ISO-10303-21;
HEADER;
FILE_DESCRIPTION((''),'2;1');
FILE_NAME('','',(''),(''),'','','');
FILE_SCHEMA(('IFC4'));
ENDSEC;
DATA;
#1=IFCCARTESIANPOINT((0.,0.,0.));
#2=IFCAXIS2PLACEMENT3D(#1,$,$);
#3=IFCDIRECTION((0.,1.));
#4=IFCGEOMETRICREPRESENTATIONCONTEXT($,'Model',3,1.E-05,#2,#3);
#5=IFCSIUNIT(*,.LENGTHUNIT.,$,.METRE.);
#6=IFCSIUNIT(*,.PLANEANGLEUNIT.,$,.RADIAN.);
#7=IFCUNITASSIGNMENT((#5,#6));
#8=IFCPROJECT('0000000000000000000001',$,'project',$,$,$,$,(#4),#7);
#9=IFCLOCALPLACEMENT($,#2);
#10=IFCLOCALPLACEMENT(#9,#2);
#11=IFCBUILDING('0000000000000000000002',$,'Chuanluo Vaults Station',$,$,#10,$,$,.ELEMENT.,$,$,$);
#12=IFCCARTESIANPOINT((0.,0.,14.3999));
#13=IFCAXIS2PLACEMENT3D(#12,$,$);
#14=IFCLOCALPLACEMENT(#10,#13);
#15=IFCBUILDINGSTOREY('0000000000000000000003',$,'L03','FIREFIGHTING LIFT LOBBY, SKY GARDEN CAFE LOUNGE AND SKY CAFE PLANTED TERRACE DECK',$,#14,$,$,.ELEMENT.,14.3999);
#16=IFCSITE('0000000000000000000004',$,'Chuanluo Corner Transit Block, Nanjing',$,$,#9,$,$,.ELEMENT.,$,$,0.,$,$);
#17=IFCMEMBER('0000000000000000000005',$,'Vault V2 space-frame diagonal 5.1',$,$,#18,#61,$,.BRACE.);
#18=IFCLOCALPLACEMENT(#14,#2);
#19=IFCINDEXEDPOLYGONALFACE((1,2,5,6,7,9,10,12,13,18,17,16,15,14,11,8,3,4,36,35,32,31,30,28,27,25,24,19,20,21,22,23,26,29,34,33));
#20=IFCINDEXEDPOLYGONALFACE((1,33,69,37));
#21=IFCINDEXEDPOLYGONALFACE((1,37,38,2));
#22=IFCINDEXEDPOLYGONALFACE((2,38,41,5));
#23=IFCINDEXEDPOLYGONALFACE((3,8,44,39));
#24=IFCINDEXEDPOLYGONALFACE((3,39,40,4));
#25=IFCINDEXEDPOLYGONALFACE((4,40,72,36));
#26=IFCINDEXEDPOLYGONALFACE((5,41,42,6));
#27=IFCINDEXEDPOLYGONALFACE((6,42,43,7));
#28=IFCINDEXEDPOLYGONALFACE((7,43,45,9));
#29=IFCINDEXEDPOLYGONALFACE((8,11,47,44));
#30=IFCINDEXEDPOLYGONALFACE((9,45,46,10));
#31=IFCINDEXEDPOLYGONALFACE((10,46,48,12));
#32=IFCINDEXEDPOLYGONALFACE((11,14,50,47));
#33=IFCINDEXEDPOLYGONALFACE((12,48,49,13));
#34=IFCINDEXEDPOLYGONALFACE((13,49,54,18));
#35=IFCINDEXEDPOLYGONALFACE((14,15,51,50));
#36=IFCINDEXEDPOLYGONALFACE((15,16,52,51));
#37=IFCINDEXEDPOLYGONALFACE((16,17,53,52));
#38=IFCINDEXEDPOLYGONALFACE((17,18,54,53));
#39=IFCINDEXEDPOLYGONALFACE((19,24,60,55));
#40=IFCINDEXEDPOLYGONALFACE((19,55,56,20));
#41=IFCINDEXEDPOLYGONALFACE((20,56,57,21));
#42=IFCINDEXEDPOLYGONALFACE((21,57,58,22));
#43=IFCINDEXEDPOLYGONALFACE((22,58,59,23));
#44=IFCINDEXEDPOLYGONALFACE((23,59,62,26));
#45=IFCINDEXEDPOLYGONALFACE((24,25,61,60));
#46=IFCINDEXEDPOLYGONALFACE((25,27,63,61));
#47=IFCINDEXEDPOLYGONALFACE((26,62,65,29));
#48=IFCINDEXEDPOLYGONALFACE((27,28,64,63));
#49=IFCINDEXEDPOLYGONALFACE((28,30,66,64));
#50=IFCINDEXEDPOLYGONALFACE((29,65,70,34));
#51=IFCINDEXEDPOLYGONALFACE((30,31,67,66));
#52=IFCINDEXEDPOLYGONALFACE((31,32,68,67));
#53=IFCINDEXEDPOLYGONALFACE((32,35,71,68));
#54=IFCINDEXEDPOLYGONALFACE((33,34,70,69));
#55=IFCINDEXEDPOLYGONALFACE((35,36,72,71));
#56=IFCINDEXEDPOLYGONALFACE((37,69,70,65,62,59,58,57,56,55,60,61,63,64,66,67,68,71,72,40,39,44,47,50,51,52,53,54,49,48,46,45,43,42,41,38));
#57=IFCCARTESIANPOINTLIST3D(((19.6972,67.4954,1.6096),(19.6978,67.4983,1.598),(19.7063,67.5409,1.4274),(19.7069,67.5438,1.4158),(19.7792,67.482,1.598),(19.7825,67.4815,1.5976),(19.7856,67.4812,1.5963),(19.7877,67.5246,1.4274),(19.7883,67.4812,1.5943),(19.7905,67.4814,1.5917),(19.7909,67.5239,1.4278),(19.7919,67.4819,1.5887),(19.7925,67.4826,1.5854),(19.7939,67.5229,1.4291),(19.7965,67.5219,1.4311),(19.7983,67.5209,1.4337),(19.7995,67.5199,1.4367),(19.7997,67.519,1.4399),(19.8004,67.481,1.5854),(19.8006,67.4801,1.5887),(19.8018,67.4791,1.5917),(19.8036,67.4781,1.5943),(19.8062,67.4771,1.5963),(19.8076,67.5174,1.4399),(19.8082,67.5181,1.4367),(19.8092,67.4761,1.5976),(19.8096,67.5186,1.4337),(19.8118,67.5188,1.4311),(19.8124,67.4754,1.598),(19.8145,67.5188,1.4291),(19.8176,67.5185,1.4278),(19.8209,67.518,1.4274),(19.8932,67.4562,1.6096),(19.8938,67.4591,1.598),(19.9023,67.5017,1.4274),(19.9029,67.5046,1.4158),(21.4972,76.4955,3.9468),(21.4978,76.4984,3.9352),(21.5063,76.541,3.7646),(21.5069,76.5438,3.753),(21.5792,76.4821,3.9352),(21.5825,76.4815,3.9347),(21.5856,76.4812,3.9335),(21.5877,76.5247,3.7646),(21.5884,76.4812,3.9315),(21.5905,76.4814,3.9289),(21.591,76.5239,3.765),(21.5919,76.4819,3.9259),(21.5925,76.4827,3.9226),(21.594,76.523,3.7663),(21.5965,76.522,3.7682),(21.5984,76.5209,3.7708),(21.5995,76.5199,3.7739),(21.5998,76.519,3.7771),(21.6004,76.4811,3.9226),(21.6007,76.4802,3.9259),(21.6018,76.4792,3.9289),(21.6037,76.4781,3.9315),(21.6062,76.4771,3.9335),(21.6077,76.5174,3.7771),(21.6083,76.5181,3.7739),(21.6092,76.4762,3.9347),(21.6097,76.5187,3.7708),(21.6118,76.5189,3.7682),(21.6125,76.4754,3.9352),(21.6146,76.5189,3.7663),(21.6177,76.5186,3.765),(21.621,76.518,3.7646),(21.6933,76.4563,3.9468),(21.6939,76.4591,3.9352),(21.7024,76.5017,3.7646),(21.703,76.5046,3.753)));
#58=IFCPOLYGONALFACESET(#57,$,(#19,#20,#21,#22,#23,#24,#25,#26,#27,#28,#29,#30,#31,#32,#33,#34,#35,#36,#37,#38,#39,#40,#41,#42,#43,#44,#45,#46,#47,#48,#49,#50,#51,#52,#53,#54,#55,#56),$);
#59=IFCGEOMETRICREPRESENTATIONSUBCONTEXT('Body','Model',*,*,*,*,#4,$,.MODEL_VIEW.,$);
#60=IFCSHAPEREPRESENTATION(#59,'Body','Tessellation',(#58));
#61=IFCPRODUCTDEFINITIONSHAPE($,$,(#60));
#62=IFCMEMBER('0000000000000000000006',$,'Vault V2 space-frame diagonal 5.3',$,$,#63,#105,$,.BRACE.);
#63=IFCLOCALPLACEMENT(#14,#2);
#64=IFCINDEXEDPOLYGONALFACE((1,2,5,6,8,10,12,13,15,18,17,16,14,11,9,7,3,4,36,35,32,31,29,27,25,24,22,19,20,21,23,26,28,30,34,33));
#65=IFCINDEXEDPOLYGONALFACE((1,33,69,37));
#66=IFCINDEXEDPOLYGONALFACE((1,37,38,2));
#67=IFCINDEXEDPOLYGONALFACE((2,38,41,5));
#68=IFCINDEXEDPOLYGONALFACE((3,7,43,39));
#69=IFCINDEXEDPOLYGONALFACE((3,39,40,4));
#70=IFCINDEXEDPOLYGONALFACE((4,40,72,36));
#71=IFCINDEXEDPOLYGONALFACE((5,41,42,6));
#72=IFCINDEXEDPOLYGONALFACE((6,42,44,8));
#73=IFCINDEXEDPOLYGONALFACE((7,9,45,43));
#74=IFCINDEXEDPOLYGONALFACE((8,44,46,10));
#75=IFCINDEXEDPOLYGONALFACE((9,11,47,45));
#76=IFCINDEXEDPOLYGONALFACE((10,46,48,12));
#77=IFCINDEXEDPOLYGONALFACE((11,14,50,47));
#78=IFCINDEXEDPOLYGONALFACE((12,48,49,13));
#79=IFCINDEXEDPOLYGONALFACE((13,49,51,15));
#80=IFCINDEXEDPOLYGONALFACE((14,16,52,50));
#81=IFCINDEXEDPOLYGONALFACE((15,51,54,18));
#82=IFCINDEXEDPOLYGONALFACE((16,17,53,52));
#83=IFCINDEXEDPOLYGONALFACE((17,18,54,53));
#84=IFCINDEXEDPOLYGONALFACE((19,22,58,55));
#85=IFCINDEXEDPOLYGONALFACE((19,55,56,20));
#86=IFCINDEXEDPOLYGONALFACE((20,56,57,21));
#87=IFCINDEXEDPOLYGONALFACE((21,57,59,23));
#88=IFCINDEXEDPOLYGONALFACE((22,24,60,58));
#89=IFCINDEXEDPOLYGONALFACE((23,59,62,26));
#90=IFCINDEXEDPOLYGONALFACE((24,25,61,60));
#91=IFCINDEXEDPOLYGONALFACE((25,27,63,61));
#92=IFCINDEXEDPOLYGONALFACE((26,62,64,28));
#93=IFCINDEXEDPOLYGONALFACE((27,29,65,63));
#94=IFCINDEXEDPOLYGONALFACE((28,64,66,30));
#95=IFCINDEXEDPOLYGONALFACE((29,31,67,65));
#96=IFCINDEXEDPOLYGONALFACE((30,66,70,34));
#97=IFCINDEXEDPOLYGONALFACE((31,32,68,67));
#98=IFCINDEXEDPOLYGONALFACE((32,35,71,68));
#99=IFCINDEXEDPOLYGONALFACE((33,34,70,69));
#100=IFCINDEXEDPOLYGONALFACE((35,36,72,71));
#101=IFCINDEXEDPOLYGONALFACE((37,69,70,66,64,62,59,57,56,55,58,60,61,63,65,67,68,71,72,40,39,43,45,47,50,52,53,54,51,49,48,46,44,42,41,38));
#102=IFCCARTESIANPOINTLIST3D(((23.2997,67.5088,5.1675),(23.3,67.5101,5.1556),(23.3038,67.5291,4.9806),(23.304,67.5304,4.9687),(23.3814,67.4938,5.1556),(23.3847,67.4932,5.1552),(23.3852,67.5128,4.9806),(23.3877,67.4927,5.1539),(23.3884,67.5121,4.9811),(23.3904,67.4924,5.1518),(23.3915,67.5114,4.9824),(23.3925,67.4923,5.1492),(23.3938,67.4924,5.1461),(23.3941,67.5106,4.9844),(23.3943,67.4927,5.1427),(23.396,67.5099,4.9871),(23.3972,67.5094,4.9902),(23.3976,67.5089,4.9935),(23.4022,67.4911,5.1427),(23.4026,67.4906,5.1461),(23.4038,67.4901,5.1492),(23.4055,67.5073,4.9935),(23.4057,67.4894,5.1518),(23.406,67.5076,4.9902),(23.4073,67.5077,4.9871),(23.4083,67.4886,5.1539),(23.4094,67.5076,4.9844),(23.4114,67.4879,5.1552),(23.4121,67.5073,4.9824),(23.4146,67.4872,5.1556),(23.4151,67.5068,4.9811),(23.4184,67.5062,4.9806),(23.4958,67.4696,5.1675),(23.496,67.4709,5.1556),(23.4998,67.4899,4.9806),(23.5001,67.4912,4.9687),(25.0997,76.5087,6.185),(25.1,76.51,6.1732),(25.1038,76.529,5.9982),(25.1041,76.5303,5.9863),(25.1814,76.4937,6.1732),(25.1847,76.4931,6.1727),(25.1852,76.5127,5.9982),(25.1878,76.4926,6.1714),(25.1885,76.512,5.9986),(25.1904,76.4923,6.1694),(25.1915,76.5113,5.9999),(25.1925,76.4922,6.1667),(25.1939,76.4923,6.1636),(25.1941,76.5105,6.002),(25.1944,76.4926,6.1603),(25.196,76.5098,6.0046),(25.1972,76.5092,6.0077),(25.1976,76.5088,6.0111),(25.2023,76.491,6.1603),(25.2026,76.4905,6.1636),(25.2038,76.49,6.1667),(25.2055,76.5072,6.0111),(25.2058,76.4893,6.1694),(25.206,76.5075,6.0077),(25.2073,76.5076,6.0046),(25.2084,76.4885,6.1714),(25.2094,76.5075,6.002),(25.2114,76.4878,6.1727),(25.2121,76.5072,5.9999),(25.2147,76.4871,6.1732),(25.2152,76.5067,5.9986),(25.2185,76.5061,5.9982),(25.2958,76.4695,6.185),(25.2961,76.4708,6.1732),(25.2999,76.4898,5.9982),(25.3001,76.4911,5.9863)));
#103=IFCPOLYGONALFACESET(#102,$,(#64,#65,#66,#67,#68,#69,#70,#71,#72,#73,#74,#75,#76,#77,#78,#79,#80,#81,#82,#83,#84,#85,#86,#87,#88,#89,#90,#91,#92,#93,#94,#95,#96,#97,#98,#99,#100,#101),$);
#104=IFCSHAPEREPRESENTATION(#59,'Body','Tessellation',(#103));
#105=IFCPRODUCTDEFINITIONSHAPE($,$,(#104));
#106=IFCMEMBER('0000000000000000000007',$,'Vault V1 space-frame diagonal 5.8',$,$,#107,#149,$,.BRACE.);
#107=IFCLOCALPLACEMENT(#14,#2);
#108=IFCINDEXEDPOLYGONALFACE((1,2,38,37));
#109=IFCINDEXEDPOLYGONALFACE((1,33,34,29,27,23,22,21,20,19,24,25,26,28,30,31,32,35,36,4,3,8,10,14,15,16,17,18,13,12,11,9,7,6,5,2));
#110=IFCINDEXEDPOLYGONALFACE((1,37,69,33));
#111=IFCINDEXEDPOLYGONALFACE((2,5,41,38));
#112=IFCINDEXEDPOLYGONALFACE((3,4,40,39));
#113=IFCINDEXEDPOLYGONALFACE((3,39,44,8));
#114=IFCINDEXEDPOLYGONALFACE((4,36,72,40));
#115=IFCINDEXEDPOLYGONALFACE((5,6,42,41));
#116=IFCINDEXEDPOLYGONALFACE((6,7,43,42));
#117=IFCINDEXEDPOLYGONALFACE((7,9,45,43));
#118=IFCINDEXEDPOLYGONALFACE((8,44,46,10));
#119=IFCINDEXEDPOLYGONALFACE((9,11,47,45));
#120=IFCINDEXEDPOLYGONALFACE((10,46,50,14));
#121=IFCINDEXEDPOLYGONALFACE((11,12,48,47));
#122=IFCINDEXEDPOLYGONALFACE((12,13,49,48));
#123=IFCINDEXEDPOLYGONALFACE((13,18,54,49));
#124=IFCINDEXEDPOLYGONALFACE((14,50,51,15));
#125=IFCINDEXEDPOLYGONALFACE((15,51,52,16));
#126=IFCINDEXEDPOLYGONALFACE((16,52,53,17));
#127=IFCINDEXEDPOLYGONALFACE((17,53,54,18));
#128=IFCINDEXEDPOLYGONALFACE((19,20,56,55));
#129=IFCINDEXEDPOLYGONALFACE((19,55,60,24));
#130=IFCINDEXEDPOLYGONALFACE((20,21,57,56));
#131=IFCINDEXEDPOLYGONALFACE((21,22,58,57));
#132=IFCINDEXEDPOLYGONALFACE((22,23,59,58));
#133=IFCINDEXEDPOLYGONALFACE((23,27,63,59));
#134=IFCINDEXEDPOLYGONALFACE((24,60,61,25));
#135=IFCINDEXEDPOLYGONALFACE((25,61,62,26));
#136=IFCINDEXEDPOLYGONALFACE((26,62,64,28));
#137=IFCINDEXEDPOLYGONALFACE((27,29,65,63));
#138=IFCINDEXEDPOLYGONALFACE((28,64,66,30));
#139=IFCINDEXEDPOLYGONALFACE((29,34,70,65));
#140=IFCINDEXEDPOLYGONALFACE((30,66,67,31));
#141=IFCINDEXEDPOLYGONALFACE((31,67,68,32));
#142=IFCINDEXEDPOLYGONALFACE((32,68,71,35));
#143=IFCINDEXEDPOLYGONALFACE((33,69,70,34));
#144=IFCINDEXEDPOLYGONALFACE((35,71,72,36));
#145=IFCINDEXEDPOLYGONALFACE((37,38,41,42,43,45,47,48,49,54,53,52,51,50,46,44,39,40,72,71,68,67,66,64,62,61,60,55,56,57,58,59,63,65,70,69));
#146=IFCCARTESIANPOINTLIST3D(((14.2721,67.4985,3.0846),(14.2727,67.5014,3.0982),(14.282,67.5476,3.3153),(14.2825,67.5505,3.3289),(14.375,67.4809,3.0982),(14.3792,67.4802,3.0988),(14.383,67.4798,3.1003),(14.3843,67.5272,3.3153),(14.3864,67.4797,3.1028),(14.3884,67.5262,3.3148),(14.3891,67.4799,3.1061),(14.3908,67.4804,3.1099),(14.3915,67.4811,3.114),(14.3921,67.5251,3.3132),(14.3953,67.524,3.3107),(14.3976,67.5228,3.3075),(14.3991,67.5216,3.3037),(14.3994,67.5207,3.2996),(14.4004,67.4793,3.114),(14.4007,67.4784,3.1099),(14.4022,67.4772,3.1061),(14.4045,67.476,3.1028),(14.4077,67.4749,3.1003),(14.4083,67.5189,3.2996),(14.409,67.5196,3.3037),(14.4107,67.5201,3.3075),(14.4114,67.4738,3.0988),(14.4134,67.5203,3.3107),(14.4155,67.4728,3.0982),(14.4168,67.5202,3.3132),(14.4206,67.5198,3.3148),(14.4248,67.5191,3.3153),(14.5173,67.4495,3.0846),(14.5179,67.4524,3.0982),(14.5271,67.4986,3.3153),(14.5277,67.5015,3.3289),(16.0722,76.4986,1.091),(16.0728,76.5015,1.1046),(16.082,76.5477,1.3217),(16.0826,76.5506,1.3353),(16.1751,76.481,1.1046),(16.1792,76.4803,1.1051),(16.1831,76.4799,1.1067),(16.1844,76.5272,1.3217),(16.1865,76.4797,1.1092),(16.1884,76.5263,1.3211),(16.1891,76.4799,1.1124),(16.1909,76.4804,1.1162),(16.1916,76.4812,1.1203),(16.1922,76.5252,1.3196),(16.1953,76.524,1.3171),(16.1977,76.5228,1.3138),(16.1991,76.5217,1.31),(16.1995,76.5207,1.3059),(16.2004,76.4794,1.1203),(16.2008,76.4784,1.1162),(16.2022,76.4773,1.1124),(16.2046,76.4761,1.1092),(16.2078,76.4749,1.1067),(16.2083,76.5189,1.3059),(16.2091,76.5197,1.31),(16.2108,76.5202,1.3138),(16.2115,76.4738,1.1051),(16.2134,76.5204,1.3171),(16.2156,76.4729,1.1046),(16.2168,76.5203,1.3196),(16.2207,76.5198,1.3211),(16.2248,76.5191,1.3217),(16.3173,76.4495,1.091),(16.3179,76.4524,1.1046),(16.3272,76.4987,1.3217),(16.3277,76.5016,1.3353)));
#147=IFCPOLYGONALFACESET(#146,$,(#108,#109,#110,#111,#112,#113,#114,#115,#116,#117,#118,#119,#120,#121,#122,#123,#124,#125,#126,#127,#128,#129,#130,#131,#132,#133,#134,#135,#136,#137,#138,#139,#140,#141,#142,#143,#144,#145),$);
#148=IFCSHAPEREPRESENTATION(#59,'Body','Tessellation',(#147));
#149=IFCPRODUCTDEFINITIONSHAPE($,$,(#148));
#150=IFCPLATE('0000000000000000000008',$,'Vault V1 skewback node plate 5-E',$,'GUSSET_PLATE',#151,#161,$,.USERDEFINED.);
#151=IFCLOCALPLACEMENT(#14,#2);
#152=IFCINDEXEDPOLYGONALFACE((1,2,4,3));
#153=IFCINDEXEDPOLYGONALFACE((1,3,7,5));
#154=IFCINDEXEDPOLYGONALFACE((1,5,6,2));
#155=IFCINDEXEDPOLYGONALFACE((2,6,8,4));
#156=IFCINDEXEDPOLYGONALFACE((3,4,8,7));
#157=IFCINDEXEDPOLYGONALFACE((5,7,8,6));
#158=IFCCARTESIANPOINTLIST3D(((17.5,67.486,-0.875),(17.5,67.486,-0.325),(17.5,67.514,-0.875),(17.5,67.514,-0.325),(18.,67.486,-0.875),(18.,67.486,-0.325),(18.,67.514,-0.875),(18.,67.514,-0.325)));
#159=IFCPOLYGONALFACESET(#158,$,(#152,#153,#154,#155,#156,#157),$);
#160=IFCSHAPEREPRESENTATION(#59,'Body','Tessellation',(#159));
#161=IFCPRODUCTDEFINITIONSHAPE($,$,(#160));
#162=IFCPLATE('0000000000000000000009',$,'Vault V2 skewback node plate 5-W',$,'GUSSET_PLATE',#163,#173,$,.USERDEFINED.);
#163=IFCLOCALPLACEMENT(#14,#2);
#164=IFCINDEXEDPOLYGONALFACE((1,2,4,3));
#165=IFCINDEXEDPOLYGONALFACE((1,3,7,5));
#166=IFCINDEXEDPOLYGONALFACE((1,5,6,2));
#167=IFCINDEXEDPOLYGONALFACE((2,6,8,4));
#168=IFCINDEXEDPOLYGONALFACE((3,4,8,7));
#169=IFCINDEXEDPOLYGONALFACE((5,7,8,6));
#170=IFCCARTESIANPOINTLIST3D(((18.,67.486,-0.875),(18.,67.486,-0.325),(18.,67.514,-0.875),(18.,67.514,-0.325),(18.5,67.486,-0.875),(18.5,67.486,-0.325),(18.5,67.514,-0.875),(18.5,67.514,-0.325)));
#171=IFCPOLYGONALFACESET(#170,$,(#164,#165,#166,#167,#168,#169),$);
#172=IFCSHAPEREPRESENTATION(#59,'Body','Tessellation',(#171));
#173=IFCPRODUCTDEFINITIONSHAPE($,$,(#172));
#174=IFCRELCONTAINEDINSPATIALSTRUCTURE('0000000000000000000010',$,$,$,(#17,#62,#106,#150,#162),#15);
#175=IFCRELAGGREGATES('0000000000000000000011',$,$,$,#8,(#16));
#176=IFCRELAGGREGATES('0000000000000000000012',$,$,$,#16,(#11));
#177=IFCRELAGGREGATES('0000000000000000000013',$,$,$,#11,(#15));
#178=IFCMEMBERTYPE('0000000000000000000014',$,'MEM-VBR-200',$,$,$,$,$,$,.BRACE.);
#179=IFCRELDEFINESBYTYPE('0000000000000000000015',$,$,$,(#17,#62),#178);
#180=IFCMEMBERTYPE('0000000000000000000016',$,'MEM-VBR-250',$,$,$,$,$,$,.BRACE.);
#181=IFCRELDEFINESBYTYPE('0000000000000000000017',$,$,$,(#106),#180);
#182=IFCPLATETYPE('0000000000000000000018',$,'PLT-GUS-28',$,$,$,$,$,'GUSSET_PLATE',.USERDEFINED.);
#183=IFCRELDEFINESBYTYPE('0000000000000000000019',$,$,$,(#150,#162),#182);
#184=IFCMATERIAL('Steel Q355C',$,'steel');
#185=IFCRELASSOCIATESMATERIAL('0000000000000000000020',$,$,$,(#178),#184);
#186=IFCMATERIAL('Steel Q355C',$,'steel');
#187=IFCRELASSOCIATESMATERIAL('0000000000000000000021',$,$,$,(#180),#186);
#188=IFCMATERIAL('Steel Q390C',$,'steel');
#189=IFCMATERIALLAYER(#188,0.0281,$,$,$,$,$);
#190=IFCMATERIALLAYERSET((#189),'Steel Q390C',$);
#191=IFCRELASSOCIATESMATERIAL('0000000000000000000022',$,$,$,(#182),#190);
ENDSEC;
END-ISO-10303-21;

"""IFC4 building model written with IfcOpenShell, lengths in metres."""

from ifc_helpers import new_model, si_unit, direction, frame, origin, origin_2d, place, context, subcontext, project, spatial, rectangle, i_section, extrude, material, layer, layer_set, material_profile, profile_set, type_object, element, save


model = new_model("IFC4")

# Units and contexts
model_context = context("Model", 3, precision=1e-05, world=origin(), true_north=direction((0.0, 1.0)))
body_context = subcontext(model_context, "Body", "Model", "MODEL_VIEW")
ifc_project = project(units=[si_unit("LENGTHUNIT", "METRE"), si_unit("PLANEANGLEUNIT", "RADIAN")], contexts=[model_context])

# Site, building, storey
site_placement = place(None, origin())
site = spatial("IfcSite", under=ifc_project, at=site_placement, Name="Chuanluo Corner Transit Block, Nanjing", CompositionType="ELEMENT", RefElevation=0.0)
building_placement = place(site_placement, origin())
building = spatial("IfcBuilding", under=site, at=building_placement, Name="Chuanluo Vaults Station", CompositionType="ELEMENT")
storey_placement = place(building_placement, frame((0.0, 0.0, 14.3999)))
storey = spatial("IfcBuildingStorey", under=building, at=storey_placement, Name="L03", Description="FIREFIGHTING LIFT LOBBY, SKY GARDEN CAFE LOUNGE AND SKY CAFE PLANTED TERRACE DECK", CompositionType="ELEMENT", Elevation=14.3999)

# Members
ifc_material_1 = material(Name="Steel Q355C", Category="steel")
ifc_material_profile_1 = material_profile(ifc_material_1, i_section(OverallWidth=0.2, OverallDepth=0.2, WebThickness=0.0081, FlangeThickness=0.012, FilletRadius=0.0129, at=origin_2d()))
ifc_profile_set_1 = profile_set([ifc_material_profile_1], Name="Steel Q355C")
member_type_1 = type_object("IfcMemberType", Name="MEM-VBR-200", PredefinedType="BRACE", material=ifc_profile_set_1)
member_1_placement = place(storey_placement, frame((19.8, 67.5, 1.5127), z_axis=(0.190056, 0.950255, 0.246766), x_axis=(-0.98058, 0.196121, 0.0)))
element("IfcMember", 1, at=member_1_placement, inside=storey, type_object=member_type_1, Name="Vault V2 space-frame diagonal 5.1", PredefinedType="BRACE", context=body_context, shape_type="SweptSolid", body=[
    extrude(i_section(OverallWidth=0.2, OverallDepth=0.2, WebThickness=0.0081, FlangeThickness=0.012, FilletRadius=0.0129, at=origin_2d()), origin(), (0.0, 0.0, 1.0), 9.4712),
])
member_2_placement = place(storey_placement, frame((23.3999, 67.5, 5.0681), z_axis=(0.194927, 0.974608, 0.110193), x_axis=(-0.98058, 0.196121, 0.0)))
element("IfcMember", 2, at=member_2_placement, inside=storey, type_object=member_type_1, Name="Vault V2 space-frame diagonal 5.3", PredefinedType="BRACE", context=body_context, shape_type="SweptSolid", body=[
    extrude(i_section(OverallWidth=0.2, OverallDepth=0.2, WebThickness=0.0081, FlangeThickness=0.012, FilletRadius=0.0129, at=origin_2d()), origin(), (0.0, 0.0, 1.0), 9.2344),
])
ifc_material_2 = material(Name="Steel Q355C", Category="steel")
ifc_material_profile_2 = material_profile(ifc_material_2, i_section(OverallWidth=0.25, OverallDepth=0.25, WebThickness=0.009, FlangeThickness=0.0139, FilletRadius=0.0161, at=origin_2d()))
ifc_profile_set_2 = profile_set([ifc_material_profile_2], Name="Steel Q355C")
member_type_2 = type_object("IfcMemberType", Name="MEM-VBR-250", PredefinedType="BRACE", material=ifc_profile_set_2)
member_3_placement = place(storey_placement, frame((14.3999, 67.5, 3.2068), z_axis=(0.191652, 0.958234, -0.212265), x_axis=(-0.98058, 0.196121, 0.0)))
element("IfcMember", 3, at=member_3_placement, inside=storey, type_object=member_type_2, Name="Vault V1 space-frame diagonal 5.8", PredefinedType="BRACE", context=body_context, shape_type="SweptSolid", body=[
    extrude(i_section(OverallWidth=0.25, OverallDepth=0.25, WebThickness=0.009, FlangeThickness=0.0139, FilletRadius=0.0161, at=origin_2d()), origin(), (0.0, 0.0, 1.0), 9.3923),
])

# Plates
ifc_material_3 = material(Name="Steel Q390C", Category="steel")
ifc_layer = layer(ifc_material_3, 0.0281)
ifc_layer_set = layer_set([ifc_layer], Name="Steel Q390C")
plate_type = type_object("IfcPlateType", Name="PLT-GUS-28", ElementType="GUSSET_PLATE", PredefinedType="USERDEFINED", material=ifc_layer_set)
for number, where, z_axis, x_axis, name in (
    (4, (17.75, 67.5, -0.875), (0.0, 0.0, 1.0), (1.0, 0.0, 0.0), "Vault V1 skewback node plate 5-E"),
    (5, (18.25, 67.5, -0.875), (0.0, 0.0, 1.0), (1.0, 0.0, 0.0), "Vault V2 skewback node plate 5-W"),
):
    element("IfcPlate", number, at=place(storey_placement, frame(where, z_axis=z_axis, x_axis=x_axis)), inside=storey, type_object=plate_type, Name=name, ObjectType="GUSSET_PLATE", PredefinedType="USERDEFINED", context=body_context, shape_type="SweptSolid", body=[
        extrude(rectangle(XDim=0.5, YDim=0.0281, at=origin_2d()), origin(), (0.0, 0.0, 1.0), 0.55),
    ])

save(model, "model.ifc")
